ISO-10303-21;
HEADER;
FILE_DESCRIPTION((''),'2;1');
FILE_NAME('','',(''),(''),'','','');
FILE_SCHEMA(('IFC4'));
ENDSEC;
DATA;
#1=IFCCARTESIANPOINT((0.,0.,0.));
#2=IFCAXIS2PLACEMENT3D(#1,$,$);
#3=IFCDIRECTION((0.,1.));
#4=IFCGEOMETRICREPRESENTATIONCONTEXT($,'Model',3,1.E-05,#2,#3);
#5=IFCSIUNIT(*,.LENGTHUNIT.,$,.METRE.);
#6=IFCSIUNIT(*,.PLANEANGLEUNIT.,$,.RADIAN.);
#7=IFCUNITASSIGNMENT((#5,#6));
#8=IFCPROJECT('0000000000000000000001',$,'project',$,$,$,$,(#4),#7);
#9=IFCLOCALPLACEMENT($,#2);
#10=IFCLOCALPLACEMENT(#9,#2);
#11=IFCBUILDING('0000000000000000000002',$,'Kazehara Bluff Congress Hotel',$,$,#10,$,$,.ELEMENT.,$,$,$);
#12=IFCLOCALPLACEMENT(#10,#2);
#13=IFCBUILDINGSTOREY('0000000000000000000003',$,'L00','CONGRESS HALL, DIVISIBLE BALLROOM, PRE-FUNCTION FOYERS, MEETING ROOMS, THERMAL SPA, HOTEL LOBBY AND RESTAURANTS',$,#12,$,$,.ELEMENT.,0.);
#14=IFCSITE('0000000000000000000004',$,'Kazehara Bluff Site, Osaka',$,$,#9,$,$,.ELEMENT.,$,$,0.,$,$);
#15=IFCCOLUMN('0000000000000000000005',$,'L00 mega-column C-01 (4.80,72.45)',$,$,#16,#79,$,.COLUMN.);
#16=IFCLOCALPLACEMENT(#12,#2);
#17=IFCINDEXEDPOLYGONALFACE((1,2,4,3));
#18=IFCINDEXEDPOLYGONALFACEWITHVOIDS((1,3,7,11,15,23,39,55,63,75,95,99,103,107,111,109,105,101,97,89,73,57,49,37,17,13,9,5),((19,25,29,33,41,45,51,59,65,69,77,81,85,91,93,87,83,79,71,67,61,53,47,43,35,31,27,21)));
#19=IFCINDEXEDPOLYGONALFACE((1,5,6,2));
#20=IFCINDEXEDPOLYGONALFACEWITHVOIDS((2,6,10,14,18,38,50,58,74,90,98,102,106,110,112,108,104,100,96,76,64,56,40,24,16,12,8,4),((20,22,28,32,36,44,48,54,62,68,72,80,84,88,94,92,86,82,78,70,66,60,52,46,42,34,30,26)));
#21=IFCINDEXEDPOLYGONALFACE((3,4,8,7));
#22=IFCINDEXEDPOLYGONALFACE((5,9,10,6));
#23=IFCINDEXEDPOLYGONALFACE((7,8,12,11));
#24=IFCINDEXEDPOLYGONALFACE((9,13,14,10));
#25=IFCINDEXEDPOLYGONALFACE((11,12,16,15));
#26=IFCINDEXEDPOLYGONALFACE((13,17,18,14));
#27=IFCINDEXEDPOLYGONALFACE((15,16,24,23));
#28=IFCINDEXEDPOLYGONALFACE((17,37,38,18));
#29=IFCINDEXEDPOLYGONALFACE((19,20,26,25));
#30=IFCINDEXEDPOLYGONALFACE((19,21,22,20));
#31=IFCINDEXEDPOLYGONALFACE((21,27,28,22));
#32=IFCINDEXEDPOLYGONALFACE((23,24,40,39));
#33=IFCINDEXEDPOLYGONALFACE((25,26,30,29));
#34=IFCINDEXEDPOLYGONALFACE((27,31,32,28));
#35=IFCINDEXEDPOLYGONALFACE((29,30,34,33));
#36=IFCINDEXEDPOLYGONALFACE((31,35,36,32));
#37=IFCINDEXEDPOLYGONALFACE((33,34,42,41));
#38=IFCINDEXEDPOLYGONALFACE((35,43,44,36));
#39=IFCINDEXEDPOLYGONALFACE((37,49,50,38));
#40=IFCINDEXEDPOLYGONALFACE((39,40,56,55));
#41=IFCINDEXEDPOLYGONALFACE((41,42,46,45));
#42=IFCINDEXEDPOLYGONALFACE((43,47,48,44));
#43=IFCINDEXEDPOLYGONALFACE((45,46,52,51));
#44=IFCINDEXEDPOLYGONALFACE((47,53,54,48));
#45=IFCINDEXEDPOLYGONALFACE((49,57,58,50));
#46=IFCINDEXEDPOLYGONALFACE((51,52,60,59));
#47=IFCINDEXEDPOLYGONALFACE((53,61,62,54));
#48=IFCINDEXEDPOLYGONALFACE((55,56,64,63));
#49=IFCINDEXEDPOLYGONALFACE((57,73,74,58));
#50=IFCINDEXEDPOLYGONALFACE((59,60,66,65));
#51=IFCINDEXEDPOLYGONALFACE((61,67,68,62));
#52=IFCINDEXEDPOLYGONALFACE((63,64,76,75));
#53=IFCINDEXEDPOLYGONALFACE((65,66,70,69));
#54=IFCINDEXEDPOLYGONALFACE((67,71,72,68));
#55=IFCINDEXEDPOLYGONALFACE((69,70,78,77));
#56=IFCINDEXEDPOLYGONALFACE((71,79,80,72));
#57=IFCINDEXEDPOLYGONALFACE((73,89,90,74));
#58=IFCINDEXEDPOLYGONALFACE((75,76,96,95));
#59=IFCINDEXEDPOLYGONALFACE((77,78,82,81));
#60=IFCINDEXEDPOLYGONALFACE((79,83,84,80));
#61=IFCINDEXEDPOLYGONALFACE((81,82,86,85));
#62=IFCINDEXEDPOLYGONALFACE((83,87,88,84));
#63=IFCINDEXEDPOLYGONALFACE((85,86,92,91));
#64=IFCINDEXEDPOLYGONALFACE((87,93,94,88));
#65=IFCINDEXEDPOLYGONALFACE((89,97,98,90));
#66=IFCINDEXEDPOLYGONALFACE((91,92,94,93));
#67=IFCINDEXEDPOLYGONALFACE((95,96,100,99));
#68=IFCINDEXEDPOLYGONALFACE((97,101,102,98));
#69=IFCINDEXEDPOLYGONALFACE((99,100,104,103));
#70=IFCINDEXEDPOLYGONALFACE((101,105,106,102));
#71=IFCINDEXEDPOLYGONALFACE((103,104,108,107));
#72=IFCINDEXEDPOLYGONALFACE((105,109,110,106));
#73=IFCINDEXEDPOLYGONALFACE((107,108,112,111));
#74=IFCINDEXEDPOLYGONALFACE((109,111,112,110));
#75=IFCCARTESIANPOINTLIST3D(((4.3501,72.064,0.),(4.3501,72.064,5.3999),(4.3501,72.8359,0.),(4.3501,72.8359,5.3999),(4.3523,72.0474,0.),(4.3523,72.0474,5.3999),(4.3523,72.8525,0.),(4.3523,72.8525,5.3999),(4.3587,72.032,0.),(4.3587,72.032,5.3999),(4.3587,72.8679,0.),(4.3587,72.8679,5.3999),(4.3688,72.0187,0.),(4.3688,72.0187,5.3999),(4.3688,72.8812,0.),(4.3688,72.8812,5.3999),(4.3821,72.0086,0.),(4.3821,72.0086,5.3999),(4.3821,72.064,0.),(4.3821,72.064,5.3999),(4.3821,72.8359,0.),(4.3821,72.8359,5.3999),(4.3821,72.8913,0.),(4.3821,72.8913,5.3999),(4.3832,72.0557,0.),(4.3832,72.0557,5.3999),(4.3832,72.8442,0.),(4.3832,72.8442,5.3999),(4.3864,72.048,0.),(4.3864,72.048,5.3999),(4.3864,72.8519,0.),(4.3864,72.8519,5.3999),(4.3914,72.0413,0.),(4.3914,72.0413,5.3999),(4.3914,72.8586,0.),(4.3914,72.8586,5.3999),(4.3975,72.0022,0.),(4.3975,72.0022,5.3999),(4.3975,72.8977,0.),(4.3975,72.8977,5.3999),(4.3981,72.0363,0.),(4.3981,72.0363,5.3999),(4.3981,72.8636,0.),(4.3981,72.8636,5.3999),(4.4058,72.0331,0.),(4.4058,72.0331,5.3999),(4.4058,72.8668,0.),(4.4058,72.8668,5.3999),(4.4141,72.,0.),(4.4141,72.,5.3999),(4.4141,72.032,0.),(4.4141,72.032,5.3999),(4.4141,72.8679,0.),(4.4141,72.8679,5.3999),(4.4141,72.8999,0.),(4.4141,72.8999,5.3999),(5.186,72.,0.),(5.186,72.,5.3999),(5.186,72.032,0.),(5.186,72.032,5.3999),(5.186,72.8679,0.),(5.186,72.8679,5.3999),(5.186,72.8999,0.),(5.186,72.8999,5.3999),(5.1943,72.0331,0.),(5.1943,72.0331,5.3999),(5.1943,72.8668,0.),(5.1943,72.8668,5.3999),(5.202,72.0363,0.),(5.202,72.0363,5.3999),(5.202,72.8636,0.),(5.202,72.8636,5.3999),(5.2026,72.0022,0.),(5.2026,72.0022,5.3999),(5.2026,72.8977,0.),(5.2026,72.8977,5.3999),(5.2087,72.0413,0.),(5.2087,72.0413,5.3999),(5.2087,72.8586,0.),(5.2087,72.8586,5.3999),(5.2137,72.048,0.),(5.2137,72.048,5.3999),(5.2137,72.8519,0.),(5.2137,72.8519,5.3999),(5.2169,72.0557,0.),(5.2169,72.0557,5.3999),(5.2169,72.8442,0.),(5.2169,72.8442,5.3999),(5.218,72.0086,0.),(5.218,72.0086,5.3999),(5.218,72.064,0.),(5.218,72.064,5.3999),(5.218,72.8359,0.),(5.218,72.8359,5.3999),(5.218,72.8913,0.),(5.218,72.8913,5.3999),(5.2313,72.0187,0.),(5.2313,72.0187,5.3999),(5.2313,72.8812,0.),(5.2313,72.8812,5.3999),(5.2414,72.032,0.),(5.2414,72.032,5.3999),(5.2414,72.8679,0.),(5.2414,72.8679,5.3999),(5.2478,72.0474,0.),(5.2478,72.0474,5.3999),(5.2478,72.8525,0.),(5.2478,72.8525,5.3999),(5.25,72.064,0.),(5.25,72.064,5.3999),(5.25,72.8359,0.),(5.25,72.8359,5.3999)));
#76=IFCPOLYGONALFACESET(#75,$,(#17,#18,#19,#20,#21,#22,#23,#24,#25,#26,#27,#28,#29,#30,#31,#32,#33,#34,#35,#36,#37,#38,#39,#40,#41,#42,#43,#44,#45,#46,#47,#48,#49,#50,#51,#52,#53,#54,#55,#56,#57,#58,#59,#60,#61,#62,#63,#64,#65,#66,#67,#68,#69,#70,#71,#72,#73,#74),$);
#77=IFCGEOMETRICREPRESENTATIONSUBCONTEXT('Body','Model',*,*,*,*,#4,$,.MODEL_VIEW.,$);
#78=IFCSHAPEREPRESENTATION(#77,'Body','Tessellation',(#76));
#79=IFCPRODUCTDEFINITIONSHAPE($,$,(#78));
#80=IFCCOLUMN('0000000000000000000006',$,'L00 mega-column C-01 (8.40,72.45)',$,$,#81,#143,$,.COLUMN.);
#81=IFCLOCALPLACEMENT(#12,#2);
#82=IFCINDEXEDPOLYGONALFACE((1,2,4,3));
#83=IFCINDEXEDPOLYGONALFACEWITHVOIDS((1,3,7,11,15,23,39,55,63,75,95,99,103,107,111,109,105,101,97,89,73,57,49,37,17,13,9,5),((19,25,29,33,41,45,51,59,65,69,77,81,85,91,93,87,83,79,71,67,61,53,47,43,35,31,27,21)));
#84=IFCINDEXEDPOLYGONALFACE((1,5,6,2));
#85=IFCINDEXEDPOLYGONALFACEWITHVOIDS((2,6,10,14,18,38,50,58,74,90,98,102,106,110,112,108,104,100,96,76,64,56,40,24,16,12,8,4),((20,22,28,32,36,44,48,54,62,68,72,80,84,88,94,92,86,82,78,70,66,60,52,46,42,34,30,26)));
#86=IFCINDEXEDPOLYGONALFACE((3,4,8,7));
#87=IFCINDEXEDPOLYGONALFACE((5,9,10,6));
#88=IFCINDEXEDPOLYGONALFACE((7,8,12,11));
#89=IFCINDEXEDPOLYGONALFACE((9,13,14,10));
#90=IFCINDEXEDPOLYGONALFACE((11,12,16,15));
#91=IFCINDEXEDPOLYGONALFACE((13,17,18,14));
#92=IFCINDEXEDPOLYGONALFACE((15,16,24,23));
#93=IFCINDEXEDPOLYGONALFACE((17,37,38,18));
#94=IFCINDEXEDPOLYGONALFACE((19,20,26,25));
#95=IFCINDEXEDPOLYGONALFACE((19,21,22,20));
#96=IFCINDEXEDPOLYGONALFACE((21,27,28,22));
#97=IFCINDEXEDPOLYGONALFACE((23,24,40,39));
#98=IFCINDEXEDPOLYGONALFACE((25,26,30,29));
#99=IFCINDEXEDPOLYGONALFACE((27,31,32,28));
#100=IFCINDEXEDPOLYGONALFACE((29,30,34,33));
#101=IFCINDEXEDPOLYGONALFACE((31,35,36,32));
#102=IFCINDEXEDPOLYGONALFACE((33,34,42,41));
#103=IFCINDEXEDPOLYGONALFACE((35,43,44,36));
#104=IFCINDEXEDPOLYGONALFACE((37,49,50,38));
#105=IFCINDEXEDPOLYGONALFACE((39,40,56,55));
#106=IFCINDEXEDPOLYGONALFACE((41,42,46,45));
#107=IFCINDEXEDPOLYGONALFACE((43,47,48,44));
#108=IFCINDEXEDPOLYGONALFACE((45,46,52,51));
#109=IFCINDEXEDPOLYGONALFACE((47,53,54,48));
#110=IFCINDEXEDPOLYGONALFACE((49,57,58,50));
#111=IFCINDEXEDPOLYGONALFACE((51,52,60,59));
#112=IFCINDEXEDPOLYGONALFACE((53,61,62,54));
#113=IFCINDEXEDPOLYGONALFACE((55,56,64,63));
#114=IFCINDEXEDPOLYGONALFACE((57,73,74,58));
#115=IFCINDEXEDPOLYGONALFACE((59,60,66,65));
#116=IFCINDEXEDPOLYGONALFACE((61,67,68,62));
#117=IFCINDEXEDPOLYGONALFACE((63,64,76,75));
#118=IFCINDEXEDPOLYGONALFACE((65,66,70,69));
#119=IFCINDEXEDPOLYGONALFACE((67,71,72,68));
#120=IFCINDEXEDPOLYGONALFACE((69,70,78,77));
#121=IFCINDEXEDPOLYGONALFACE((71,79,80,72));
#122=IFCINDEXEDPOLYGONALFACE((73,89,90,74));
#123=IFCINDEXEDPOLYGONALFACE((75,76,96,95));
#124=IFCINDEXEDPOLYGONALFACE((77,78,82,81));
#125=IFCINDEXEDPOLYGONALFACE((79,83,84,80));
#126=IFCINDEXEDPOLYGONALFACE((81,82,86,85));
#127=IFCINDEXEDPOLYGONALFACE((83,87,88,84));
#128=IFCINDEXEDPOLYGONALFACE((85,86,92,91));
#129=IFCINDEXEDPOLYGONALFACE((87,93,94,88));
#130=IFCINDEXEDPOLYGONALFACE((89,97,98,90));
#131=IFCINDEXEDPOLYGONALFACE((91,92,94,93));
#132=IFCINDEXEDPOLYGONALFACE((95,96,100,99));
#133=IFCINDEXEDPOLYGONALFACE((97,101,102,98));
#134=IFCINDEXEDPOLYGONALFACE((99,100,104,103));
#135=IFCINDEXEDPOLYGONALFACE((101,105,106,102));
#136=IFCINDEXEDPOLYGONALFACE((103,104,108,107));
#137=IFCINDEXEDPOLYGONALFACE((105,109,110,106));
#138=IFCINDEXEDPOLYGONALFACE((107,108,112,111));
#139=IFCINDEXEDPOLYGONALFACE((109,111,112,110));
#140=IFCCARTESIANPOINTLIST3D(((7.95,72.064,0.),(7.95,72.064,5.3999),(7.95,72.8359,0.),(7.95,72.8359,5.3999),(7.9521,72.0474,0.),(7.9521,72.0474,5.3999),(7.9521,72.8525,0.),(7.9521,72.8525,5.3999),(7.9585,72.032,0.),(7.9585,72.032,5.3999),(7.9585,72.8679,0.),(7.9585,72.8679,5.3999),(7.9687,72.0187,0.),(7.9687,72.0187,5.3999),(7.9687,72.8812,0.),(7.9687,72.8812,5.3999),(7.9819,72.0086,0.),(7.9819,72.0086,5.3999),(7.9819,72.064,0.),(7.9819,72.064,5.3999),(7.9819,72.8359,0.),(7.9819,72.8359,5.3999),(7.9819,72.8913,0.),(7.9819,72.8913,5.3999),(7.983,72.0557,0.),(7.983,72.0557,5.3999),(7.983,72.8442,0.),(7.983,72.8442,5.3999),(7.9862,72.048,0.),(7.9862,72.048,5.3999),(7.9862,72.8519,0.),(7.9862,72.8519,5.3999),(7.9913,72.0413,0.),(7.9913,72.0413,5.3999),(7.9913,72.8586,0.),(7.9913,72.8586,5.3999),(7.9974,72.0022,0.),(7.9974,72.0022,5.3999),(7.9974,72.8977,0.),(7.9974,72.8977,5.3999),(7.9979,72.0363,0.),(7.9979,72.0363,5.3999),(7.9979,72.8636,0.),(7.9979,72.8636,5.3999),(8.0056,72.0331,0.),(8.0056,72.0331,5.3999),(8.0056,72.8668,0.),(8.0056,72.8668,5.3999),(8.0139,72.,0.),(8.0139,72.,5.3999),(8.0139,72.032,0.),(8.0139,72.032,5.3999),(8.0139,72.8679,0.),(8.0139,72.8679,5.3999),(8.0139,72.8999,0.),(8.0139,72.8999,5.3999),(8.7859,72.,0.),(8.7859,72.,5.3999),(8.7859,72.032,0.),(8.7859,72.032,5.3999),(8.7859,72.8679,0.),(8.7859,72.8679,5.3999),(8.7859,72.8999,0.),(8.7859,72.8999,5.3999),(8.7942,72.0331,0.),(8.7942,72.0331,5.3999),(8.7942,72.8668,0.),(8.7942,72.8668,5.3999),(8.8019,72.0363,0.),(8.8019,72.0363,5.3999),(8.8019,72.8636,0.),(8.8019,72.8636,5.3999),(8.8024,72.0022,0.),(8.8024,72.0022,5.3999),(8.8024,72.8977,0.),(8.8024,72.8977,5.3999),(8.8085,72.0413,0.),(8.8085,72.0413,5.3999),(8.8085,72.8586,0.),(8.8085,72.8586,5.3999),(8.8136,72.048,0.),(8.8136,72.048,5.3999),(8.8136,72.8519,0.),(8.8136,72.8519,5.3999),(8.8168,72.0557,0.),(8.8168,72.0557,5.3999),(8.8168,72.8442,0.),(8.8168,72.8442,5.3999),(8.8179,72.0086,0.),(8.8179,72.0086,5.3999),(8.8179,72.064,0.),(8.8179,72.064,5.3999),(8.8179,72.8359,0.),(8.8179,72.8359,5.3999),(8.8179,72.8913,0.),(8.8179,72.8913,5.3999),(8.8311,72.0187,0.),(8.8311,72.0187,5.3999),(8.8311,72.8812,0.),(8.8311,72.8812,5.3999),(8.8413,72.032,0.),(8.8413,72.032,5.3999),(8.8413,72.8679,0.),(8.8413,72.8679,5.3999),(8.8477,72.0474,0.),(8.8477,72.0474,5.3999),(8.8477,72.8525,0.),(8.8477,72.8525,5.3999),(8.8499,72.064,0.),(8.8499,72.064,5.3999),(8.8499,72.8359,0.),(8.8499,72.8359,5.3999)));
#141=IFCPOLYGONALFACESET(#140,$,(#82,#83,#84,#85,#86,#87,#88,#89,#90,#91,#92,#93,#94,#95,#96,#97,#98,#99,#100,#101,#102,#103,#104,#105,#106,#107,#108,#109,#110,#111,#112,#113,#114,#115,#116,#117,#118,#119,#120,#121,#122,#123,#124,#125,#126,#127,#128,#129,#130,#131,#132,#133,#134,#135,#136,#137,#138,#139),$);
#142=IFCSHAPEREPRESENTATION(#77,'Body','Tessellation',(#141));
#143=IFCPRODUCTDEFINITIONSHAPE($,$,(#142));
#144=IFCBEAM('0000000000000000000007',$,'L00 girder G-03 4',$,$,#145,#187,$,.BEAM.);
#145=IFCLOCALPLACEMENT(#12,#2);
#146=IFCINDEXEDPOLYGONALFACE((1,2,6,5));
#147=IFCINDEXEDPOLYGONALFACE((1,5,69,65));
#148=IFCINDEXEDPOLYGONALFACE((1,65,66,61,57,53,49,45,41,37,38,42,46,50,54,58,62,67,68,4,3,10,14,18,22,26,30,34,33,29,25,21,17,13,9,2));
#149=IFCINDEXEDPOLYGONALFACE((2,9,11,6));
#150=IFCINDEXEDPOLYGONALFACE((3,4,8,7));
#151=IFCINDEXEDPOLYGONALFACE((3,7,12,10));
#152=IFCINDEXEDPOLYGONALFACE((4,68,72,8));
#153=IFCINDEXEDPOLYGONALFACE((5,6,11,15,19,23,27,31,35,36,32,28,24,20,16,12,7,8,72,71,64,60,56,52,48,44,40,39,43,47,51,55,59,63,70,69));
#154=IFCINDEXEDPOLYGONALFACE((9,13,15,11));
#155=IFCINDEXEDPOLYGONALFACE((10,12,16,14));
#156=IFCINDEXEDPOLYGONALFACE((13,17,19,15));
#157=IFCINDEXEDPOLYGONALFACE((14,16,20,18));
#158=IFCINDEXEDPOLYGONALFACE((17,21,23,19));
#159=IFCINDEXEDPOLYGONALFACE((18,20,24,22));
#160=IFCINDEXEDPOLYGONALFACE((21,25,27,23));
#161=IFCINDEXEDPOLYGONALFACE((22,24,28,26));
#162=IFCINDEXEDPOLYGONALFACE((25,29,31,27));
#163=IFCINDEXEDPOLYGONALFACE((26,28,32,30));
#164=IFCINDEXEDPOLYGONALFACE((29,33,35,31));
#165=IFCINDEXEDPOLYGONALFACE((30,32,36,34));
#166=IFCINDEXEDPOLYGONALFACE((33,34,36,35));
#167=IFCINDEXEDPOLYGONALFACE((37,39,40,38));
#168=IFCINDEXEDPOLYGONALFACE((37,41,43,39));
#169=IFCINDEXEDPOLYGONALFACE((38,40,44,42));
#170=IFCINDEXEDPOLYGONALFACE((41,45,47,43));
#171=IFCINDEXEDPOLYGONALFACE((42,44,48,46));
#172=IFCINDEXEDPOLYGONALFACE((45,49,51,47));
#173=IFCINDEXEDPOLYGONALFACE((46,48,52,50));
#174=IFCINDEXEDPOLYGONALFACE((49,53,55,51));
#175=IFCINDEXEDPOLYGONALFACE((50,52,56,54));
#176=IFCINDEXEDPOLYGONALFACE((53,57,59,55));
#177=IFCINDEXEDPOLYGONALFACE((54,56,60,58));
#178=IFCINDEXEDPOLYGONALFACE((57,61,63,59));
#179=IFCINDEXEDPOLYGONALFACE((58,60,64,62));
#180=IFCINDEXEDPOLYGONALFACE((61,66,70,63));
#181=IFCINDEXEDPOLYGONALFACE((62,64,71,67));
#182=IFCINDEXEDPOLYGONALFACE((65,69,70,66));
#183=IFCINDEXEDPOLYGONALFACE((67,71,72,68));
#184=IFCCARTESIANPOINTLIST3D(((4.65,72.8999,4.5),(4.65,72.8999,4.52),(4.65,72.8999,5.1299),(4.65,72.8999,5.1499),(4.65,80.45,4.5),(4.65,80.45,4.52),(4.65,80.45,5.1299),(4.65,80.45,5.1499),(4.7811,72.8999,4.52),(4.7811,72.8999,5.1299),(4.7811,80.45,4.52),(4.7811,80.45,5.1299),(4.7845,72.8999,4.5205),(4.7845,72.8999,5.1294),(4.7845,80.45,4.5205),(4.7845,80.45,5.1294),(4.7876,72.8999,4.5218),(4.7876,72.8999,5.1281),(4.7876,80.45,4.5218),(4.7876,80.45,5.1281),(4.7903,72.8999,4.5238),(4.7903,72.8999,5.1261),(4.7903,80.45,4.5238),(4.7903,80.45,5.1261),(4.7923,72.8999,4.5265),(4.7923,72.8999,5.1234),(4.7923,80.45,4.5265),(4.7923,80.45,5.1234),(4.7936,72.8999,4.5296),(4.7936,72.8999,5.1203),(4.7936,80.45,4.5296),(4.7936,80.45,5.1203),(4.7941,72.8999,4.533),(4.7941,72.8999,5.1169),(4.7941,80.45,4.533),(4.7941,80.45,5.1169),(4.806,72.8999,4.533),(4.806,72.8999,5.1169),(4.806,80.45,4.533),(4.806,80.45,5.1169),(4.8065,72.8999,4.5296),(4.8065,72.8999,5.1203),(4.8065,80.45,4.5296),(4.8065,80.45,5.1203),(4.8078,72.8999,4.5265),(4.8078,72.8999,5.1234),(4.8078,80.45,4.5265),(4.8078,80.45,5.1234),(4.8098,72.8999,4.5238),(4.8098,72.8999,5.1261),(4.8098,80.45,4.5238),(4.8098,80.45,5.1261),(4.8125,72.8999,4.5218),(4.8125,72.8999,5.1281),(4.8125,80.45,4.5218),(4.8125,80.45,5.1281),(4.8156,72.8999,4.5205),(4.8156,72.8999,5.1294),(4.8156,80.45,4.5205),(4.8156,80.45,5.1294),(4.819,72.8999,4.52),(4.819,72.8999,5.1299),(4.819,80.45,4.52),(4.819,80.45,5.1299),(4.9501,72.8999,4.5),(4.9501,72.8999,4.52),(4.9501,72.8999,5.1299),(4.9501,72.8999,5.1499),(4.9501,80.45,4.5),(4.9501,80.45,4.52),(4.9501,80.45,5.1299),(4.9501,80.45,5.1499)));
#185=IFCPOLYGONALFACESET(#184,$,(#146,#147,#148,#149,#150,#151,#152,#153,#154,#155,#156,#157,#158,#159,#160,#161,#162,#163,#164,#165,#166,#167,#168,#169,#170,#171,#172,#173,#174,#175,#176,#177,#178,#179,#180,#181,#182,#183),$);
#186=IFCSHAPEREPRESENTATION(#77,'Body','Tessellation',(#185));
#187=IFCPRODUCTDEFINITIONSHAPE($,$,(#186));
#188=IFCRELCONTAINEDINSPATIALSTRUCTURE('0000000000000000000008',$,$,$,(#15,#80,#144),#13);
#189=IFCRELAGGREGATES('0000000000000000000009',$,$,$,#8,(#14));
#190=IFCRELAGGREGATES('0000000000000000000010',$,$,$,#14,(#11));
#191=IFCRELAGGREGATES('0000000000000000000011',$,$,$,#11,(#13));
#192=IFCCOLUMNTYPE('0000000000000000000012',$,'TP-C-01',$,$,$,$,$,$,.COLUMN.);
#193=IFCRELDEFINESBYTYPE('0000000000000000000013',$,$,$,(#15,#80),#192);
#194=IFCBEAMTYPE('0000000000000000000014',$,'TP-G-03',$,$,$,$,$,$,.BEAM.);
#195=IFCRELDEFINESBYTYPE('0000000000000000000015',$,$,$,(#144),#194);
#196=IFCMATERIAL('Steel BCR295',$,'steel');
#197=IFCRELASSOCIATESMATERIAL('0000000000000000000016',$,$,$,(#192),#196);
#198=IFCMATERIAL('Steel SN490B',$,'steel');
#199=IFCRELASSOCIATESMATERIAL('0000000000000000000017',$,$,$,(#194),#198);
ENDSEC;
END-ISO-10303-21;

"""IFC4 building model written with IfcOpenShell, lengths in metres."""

from ifc_helpers import new_model, si_unit, direction, frame, origin, origin_2d, place, context, subcontext, project, spatial, hollow_rectangle, i_section, extrude, material, material_profile, profile_set, type_object, element, save


model = new_model("IFC4")

# Units and contexts
model_context = context("Model", 3, precision=1e-05, world=origin(), true_north=direction((0.0, 1.0)))
body_context = subcontext(model_context, "Body", "Model", "MODEL_VIEW")
ifc_project = project(units=[si_unit("LENGTHUNIT", "METRE"), si_unit("PLANEANGLEUNIT", "RADIAN")], contexts=[model_context])

# Site, building, storey
site_placement = place(None, origin())
site = spatial("IfcSite", under=ifc_project, at=site_placement, Name="Kazehara Bluff Site, Osaka", CompositionType="ELEMENT", RefElevation=0.0)
building_placement = place(site_placement, origin())
building = spatial("IfcBuilding", under=site, at=building_placement, Name="Kazehara Bluff Congress Hotel", CompositionType="ELEMENT")
storey_placement = place(building_placement, origin())
storey = spatial("IfcBuildingStorey", under=building, at=storey_placement, Name="L00", Description="CONGRESS HALL, DIVISIBLE BALLROOM, PRE-FUNCTION FOYERS, MEETING ROOMS, THERMAL SPA, HOTEL LOBBY AND RESTAURANTS", CompositionType="ELEMENT", Elevation=0.0)

# Columns
ifc_material_1 = material(Name="Steel BCR295", Category="steel")
ifc_material_profile_1 = material_profile(ifc_material_1, hollow_rectangle(XDim=0.8999, YDim=0.8999, WallThickness=0.032, InnerFilletRadius=0.032, OuterFilletRadius=0.064, at=origin_2d()))
ifc_profile_set_1 = profile_set([ifc_material_profile_1], Name="Steel BCR295")
column_type = type_object("IfcColumnType", Name="TP-C-01", PredefinedType="COLUMN", material=ifc_profile_set_1)
for number, where, z_axis, x_axis, name in (
    (1, (4.8, 72.45, 0.0), (0.0, 0.0, 1.0), (1.0, 0.0, 0.0), "L00 mega-column C-01 (4.80,72.45)"),
    (2, (8.3999, 72.45, 0.0), (0.0, 0.0, 1.0), (1.0, 0.0, 0.0), "L00 mega-column C-01 (8.40,72.45)"),
):
    element("IfcColumn", number, at=place(storey_placement, frame(where, z_axis=z_axis, x_axis=x_axis)), inside=storey, type_object=column_type, Name=name, PredefinedType="COLUMN", context=body_context, shape_type="SweptSolid", body=[
        extrude(hollow_rectangle(XDim=0.8999, YDim=0.8999, WallThickness=0.032, InnerFilletRadius=0.032, OuterFilletRadius=0.064, at=origin_2d()), origin(), (0.0, 0.0, 1.0), 5.3999),
    ])

# Beam
ifc_material_2 = material(Name="Steel SN490B", Category="steel")
ifc_material_profile_2 = material_profile(ifc_material_2, i_section(OverallWidth=0.3, OverallDepth=0.6499, WebThickness=0.012, FlangeThickness=0.02, FilletRadius=0.0129, at=origin_2d()))
ifc_profile_set_2 = profile_set([ifc_material_profile_2], Name="Steel SN490B")
beam_type_1 = type_object("IfcBeamType", Name="TP-G-03", PredefinedType="BEAM", material=ifc_profile_set_2)
beam_1_placement = place(storey_placement, frame((4.8, 72.8999, 4.825), z_axis=(0.0, 1.0, 0.0), x_axis=(-1.0, 0.0, 0.0)))
element("IfcBeam", 3, at=beam_1_placement, inside=storey, type_object=beam_type_1, Name="L00 girder G-03 4", PredefinedType="BEAM", context=body_context, shape_type="SweptSolid", body=[
    extrude(i_section(OverallWidth=0.3, OverallDepth=0.6499, WebThickness=0.012, FlangeThickness=0.02, FilletRadius=0.0129, at=origin_2d()), origin(), (0.0, 0.0, 1.0), 7.55),
])

save(model, "model.ifc")
